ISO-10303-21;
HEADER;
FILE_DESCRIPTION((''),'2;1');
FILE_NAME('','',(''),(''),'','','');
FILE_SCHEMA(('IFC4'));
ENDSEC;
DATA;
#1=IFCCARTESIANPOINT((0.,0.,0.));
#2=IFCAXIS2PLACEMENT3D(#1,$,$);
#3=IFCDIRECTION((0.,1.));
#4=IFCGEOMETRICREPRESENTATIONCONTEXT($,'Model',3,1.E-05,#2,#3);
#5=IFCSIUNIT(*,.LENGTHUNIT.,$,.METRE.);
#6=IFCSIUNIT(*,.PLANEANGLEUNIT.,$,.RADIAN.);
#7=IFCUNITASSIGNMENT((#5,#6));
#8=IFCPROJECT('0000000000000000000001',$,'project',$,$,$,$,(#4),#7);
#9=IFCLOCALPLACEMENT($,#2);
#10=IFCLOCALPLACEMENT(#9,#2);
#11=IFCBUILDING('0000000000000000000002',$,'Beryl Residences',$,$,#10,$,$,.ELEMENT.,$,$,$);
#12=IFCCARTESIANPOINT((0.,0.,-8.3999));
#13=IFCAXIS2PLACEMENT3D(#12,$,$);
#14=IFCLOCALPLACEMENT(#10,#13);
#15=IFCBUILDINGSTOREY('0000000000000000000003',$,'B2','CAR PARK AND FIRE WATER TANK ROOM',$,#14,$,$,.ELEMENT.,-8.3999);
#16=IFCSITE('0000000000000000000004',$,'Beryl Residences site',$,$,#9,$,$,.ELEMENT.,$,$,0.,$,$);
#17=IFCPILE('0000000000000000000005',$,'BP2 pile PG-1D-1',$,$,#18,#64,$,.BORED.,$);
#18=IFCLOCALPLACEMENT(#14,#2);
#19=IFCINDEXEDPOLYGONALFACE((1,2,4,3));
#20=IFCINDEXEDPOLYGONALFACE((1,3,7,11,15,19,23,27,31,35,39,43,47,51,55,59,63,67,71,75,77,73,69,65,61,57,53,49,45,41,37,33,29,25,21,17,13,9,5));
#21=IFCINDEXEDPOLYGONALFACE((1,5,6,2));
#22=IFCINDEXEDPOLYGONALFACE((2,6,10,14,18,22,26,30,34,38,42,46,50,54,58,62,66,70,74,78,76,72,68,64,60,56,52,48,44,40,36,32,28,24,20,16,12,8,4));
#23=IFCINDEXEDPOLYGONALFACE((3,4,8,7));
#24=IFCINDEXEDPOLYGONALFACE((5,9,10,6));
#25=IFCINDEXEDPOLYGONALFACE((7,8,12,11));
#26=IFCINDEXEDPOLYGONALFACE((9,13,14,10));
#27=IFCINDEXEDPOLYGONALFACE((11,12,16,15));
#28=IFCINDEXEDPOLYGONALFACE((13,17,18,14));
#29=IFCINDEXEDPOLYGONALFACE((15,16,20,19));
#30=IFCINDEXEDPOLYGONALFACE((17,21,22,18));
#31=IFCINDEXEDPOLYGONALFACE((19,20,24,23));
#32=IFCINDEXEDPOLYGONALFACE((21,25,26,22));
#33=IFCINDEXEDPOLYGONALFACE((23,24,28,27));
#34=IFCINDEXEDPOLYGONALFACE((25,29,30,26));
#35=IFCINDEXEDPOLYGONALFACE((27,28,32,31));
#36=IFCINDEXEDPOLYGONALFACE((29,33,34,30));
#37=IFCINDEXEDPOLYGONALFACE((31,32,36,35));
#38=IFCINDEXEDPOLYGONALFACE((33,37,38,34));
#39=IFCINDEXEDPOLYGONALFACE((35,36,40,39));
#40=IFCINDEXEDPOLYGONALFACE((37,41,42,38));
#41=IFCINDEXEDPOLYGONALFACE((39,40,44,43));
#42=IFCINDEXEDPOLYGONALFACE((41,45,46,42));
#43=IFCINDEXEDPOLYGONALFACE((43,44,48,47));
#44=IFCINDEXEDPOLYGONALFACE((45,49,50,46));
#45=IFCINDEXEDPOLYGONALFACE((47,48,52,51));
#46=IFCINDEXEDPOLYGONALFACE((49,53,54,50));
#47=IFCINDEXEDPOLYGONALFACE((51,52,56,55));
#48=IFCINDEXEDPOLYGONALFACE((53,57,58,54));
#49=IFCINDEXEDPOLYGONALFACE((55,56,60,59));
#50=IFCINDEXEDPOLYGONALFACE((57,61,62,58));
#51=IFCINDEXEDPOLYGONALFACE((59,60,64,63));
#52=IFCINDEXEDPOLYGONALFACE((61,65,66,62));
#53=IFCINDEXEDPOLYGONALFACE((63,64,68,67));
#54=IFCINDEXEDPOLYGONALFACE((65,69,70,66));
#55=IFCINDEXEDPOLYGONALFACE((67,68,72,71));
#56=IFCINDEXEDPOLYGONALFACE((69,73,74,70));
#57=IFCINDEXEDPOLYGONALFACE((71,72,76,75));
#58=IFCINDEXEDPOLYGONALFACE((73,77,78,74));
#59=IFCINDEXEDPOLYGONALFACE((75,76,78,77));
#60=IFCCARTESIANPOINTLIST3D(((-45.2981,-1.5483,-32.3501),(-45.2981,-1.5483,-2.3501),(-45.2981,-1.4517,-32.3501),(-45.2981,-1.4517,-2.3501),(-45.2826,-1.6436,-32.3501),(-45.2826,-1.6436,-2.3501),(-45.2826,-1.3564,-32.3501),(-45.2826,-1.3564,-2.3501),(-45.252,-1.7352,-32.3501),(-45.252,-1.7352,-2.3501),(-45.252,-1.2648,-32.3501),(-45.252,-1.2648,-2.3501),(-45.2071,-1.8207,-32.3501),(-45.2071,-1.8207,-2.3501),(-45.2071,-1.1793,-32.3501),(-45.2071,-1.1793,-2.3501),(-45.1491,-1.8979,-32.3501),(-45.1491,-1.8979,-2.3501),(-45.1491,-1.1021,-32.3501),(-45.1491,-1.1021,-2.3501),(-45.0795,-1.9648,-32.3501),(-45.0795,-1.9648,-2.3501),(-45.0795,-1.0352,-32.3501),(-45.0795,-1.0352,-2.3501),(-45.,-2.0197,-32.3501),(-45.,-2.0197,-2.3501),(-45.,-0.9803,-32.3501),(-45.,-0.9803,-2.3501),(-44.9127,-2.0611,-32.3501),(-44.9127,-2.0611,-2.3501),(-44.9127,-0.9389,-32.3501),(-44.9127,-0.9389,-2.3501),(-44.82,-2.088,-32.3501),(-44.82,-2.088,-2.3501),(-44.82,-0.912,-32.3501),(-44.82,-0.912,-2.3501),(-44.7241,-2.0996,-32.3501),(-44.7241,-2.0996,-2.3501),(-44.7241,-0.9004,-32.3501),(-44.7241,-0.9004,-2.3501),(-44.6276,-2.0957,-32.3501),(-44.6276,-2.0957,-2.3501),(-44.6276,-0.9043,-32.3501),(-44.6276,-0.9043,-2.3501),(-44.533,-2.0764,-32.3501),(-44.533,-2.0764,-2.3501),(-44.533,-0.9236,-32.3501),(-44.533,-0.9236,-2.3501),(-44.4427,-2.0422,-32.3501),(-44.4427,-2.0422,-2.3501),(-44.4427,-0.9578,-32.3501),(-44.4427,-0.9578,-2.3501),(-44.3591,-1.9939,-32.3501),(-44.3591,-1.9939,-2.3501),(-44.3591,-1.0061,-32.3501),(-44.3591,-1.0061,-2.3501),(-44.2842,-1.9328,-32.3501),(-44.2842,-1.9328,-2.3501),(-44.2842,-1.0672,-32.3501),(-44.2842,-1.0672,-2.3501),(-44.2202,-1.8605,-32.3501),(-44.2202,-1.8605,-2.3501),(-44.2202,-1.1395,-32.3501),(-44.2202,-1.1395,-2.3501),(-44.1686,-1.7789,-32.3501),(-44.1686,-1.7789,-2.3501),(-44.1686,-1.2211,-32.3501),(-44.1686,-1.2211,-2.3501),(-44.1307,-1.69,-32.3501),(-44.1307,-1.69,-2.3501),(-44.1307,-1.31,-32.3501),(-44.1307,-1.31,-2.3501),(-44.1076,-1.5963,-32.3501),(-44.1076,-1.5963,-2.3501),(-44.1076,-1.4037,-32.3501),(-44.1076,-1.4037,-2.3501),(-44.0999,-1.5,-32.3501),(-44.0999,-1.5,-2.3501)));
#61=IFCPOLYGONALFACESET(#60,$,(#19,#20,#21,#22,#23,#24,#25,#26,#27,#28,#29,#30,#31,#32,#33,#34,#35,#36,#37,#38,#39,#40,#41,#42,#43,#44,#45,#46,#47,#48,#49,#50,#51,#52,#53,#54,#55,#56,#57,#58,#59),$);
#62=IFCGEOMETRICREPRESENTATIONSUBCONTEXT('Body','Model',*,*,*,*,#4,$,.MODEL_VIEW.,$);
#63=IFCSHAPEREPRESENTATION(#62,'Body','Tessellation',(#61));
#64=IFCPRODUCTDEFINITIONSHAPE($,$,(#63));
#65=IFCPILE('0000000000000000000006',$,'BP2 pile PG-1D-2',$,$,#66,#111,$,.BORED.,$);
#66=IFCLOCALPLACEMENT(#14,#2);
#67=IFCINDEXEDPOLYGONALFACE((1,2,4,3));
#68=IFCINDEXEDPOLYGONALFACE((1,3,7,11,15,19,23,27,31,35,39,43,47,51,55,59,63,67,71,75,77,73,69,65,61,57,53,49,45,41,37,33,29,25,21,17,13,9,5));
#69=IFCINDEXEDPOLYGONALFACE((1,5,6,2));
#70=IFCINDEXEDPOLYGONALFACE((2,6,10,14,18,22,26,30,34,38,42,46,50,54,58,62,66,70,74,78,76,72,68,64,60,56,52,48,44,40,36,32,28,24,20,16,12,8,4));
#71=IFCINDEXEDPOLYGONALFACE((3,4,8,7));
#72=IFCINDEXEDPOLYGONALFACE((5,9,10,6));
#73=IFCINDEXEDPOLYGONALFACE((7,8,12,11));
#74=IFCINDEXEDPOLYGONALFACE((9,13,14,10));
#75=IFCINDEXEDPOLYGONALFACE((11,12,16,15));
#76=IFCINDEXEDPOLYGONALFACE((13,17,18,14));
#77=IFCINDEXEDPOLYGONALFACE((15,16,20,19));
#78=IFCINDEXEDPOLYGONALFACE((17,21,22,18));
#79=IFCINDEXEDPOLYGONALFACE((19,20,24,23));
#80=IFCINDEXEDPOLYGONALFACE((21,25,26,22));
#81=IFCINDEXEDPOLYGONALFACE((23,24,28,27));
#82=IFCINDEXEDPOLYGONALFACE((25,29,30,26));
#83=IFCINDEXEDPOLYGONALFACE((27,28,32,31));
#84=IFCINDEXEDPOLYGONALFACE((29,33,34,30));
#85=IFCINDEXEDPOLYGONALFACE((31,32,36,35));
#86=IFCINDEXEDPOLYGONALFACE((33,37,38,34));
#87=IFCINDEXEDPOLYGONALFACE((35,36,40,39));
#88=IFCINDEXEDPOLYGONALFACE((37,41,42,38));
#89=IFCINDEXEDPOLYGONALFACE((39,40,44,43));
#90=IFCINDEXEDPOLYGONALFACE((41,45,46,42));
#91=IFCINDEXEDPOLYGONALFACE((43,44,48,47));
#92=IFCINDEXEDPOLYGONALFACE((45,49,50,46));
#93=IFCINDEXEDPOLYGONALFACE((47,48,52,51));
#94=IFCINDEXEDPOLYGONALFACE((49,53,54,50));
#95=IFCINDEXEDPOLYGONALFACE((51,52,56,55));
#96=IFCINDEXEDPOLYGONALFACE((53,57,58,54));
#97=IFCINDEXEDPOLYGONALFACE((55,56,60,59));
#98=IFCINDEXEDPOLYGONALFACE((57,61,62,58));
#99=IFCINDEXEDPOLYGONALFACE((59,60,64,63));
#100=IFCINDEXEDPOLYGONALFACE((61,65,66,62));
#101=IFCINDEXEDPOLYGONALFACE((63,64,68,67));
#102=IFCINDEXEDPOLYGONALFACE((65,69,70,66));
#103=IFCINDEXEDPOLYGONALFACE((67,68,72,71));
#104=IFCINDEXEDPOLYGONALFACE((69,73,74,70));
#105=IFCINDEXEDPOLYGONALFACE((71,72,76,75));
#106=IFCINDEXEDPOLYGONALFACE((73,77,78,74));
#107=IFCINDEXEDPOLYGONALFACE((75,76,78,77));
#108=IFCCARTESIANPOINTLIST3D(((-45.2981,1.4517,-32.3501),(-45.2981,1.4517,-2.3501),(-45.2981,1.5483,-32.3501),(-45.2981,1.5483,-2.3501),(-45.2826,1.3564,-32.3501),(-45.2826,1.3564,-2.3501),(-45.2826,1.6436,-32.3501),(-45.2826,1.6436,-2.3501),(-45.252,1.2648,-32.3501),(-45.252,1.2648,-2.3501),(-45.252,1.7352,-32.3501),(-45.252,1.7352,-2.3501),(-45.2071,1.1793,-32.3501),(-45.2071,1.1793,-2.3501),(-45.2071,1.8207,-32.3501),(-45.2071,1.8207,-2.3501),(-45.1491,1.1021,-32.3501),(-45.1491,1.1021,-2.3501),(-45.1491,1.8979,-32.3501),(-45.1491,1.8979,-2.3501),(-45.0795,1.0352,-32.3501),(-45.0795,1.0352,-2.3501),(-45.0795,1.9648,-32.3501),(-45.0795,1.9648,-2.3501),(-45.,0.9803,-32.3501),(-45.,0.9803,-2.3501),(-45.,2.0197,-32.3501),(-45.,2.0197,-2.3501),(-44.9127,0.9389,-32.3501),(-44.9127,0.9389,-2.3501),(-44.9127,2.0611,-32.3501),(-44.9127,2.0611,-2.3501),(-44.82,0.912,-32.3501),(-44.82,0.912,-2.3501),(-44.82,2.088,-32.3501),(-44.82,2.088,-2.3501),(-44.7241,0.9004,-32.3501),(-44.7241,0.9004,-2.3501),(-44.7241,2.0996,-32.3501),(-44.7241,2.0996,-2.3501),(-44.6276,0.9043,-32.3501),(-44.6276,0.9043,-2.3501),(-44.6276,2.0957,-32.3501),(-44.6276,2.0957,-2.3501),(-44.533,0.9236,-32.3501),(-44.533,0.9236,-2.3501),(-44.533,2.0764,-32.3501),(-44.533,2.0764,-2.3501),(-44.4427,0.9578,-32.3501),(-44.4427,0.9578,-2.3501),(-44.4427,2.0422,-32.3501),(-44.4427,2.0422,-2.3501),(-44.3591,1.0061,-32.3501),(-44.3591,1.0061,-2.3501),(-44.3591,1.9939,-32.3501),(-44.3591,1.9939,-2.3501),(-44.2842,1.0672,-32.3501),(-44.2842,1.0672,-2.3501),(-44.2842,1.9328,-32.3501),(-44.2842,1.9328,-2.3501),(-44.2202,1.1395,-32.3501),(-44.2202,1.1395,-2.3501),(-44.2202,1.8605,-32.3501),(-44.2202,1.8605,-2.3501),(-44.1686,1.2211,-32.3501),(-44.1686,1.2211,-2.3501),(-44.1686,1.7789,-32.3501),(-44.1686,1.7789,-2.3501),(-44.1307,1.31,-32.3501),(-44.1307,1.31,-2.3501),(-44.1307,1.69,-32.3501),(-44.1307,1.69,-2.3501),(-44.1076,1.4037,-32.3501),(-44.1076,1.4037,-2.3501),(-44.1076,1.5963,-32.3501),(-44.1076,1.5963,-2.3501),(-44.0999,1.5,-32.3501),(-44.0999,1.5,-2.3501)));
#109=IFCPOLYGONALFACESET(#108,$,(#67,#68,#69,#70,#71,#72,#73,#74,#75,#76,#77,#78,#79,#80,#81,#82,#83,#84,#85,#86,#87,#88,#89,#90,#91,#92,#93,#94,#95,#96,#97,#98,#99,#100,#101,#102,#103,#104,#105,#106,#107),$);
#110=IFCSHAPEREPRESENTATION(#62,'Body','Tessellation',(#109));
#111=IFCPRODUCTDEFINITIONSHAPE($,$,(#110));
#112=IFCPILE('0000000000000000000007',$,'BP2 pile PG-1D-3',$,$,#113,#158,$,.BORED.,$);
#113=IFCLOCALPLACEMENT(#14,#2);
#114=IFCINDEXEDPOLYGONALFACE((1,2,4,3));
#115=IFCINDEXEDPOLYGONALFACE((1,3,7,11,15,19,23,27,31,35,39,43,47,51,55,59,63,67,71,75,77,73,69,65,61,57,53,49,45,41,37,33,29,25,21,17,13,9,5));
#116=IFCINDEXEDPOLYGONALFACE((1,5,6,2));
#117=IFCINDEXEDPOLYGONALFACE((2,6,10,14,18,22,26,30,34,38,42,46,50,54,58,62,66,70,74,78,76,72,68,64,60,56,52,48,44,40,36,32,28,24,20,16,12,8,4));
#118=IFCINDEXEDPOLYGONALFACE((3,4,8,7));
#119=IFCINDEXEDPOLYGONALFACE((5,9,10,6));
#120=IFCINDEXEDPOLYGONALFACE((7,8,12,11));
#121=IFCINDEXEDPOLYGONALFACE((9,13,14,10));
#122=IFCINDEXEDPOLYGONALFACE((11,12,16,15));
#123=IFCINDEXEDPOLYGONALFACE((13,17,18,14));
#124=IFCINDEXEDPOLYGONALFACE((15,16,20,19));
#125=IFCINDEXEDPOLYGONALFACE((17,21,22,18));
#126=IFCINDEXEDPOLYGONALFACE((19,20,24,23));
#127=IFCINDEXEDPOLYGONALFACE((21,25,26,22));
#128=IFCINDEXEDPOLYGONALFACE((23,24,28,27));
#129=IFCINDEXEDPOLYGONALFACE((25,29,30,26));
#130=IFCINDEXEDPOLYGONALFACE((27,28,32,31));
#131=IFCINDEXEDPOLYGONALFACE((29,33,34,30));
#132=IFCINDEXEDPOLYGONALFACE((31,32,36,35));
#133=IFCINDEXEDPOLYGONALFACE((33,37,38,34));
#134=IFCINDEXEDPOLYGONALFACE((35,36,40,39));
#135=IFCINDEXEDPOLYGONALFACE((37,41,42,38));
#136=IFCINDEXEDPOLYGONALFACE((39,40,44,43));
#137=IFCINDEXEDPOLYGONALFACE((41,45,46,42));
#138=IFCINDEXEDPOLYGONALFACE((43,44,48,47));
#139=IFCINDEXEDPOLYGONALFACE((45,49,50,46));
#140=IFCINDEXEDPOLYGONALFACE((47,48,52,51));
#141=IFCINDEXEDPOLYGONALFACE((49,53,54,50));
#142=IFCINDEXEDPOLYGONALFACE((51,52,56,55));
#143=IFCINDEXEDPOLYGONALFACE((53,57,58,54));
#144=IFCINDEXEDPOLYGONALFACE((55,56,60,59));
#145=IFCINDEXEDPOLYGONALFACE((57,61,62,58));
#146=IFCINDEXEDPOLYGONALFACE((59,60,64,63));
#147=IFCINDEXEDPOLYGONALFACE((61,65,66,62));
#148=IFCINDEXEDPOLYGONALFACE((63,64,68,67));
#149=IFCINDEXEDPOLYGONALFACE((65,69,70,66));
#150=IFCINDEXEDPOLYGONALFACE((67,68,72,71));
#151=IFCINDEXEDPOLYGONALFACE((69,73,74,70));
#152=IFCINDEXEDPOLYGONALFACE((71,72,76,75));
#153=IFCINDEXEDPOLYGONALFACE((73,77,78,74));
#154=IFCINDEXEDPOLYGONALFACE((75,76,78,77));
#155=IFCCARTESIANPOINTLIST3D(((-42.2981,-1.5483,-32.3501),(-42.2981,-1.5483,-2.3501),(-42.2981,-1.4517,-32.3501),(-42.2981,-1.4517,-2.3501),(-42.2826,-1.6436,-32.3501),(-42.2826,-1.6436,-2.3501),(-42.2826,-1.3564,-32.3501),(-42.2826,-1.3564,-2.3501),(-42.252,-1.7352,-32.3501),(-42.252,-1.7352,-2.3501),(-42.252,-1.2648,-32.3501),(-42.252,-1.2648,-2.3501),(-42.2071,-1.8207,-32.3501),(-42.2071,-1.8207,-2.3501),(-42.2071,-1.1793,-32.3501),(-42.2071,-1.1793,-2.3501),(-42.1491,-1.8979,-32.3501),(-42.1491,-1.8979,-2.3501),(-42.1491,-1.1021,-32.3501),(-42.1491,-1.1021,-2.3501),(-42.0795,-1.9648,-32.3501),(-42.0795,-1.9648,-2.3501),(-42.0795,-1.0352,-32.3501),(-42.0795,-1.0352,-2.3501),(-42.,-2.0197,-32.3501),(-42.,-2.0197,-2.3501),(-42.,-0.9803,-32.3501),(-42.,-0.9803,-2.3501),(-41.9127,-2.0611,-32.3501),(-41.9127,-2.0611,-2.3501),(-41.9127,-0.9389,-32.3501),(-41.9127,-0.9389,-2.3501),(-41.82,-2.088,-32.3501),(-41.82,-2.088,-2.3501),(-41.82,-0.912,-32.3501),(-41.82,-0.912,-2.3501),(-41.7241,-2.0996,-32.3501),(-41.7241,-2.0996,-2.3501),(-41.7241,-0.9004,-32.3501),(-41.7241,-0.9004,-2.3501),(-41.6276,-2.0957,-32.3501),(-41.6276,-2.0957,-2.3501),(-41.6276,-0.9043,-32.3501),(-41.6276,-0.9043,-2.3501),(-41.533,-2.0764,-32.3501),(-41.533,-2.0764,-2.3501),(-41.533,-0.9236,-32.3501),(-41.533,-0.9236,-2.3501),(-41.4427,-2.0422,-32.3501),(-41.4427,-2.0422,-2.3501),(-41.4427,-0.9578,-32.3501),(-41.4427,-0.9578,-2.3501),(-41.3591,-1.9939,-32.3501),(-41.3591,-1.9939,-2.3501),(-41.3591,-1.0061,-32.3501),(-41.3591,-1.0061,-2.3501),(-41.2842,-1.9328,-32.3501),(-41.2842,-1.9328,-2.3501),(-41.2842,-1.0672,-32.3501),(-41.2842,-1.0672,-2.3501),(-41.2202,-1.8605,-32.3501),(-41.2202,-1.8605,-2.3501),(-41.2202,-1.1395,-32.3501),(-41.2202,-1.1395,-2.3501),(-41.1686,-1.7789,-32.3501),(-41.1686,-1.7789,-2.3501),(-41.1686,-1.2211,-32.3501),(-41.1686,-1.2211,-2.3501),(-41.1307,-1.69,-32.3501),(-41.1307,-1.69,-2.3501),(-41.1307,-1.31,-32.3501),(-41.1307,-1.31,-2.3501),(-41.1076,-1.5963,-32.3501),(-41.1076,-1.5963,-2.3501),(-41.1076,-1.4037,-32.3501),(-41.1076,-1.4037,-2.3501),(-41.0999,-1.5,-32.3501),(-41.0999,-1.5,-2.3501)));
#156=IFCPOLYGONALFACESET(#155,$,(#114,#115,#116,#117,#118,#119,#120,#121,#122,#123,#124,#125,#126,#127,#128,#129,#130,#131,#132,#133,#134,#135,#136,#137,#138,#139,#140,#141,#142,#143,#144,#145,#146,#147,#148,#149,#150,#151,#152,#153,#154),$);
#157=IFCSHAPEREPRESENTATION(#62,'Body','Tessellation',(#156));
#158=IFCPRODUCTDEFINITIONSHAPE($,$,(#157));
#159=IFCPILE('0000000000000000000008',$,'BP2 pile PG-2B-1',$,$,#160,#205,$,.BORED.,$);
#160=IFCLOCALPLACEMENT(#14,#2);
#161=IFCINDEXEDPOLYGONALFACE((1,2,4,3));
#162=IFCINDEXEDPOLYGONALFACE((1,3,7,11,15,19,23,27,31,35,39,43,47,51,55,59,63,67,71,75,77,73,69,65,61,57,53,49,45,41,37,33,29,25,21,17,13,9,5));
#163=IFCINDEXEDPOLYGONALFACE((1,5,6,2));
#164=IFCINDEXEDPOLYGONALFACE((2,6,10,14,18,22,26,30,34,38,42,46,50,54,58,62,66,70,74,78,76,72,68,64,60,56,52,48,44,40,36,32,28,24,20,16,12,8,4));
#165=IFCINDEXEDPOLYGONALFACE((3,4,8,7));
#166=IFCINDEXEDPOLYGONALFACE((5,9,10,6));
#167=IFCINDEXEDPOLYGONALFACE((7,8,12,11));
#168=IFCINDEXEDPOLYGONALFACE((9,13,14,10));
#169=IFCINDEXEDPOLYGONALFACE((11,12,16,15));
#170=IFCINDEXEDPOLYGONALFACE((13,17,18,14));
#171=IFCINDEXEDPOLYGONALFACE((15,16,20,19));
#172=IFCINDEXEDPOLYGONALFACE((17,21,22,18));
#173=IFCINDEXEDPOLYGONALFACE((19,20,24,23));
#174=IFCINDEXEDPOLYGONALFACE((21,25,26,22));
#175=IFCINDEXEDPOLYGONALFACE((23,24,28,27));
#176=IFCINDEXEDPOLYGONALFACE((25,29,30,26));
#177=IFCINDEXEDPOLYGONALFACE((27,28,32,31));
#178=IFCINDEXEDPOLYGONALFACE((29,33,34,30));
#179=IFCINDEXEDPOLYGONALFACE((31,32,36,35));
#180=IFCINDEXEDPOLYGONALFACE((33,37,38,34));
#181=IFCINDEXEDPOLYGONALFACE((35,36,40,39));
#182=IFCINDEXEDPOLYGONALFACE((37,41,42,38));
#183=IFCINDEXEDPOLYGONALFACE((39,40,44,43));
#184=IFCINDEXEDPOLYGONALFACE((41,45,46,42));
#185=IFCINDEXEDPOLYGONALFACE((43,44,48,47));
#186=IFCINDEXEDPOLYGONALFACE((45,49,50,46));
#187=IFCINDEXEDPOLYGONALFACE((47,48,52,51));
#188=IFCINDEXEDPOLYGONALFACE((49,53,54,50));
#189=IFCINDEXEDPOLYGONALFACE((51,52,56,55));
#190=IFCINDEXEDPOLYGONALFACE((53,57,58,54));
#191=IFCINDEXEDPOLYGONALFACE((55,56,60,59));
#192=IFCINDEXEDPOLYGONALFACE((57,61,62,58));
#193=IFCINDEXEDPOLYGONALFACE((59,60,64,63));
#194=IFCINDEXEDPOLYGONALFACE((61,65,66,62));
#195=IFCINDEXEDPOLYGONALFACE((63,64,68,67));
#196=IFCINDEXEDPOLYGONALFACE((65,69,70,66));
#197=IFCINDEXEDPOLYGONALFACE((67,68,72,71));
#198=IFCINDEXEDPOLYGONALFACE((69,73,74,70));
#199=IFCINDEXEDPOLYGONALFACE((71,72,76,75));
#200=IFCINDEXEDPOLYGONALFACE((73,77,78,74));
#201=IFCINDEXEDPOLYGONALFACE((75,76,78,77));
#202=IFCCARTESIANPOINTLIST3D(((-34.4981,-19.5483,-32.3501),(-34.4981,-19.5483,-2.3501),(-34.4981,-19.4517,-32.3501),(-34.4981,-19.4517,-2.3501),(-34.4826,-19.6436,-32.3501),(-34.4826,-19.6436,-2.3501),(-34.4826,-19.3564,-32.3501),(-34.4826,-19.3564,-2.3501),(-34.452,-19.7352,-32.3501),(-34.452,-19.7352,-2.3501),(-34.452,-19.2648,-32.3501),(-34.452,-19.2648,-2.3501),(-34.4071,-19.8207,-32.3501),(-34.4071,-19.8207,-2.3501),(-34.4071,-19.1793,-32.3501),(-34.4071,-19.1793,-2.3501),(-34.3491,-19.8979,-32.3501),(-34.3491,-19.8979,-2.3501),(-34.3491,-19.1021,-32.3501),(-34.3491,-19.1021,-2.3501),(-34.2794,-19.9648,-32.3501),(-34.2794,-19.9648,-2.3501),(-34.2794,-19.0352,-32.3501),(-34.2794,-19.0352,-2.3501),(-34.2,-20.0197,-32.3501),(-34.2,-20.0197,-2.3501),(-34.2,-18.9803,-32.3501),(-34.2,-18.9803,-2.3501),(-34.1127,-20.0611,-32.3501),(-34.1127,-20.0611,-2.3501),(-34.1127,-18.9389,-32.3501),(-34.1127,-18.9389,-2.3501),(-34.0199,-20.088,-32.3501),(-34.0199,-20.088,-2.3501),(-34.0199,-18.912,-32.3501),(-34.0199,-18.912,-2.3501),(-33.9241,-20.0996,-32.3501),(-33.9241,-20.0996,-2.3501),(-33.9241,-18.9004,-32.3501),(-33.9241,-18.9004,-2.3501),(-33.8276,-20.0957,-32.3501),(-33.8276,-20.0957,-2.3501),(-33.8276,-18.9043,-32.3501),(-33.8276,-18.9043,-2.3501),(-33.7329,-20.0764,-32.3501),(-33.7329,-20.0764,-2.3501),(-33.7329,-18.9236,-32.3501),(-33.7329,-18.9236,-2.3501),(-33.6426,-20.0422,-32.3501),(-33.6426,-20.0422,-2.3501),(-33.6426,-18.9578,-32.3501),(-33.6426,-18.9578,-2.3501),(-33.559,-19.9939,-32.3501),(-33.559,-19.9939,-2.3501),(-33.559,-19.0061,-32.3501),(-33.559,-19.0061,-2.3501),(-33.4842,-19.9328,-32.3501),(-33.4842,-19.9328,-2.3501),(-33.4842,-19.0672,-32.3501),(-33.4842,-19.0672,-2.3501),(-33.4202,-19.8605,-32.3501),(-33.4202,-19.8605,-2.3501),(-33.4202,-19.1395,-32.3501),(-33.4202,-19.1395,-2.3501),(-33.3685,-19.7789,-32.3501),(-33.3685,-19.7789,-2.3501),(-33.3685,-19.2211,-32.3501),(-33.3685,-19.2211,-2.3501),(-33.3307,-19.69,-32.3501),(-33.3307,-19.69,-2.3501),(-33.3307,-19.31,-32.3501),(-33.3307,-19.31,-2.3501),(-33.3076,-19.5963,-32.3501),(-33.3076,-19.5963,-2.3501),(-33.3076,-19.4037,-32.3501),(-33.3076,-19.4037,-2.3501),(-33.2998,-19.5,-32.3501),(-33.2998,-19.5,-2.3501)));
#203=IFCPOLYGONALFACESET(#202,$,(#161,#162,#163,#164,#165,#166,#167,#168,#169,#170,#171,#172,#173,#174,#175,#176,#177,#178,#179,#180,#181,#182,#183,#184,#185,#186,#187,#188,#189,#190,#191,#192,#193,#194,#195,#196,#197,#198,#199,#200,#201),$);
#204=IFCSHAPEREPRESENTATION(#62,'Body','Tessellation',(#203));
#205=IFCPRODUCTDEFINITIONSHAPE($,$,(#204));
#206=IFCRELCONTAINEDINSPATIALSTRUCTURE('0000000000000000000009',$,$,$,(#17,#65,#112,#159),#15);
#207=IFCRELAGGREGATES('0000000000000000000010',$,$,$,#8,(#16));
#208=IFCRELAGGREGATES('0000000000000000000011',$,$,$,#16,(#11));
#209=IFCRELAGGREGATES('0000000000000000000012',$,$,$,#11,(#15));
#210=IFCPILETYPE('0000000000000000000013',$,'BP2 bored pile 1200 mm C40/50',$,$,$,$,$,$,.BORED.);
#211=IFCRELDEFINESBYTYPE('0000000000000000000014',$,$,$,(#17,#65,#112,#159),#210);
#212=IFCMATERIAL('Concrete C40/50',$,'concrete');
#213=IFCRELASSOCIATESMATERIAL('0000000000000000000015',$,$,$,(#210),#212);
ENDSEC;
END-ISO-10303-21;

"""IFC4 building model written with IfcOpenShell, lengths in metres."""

from ifc_helpers import new_model, si_unit, direction, frame, origin, origin_2d, place, context, subcontext, project, spatial, circle, extrude, material, material_profile, profile_set, type_object, element, save


model = new_model("IFC4")

# Units and contexts
model_context = context("Model", 3, precision=1e-05, world=origin(), true_north=direction((0.0, 1.0)))
body_context = subcontext(model_context, "Body", "Model", "MODEL_VIEW")
ifc_project = project(units=[si_unit("LENGTHUNIT", "METRE"), si_unit("PLANEANGLEUNIT", "RADIAN")], contexts=[model_context])

# Site, building, storey
site_placement = place(None, origin())
site = spatial("IfcSite", under=ifc_project, at=site_placement, Name="Beryl Residences site", CompositionType="ELEMENT", RefElevation=0.0)
building_placement = place(site_placement, origin())
building = spatial("IfcBuilding", under=site, at=building_placement, Name="Beryl Residences", CompositionType="ELEMENT")
storey_placement = place(building_placement, frame((0.0, 0.0, -8.3999)))
storey = spatial("IfcBuildingStorey", under=building, at=storey_placement, Name="B2", Description="CAR PARK AND FIRE WATER TANK ROOM", CompositionType="ELEMENT", Elevation=-8.3999)

# Piles
ifc_material_1 = material(Name="Concrete C40/50", Category="concrete")
ifc_material_profile_1 = material_profile(ifc_material_1, circle(Radius=0.6001, at=origin_2d()))
ifc_profile_set_1 = profile_set([ifc_material_profile_1], Name="Concrete C40/50")
pile_type_1 = type_object("IfcPileType", Name="BP2 bored pile 1200 mm C40/50", PredefinedType="BORED", material=ifc_profile_set_1)
for number, where, z_axis, x_axis, name in (
    (1, (-44.7, -1.5, -2.3501), (0.0, 0.0, -1.0), (1.0, 0.0, 0.0), "BP2 pile PG-1D-1"),
    (2, (-44.7, 1.5, -2.3501), (0.0, 0.0, -1.0), (1.0, 0.0, 0.0), "BP2 pile PG-1D-2"),
    (3, (-41.7, -1.5, -2.3501), (0.0, 0.0, -1.0), (1.0, 0.0, 0.0), "BP2 pile PG-1D-3"),
    (4, (-33.8999, -19.5, -2.3501), (0.0, 0.0, -1.0), (1.0, 0.0, 0.0), "BP2 pile PG-2B-1"),
):
    element("IfcPile", number, at=place(storey_placement, frame(where, z_axis=z_axis, x_axis=x_axis)), inside=storey, type_object=pile_type_1, Name=name, PredefinedType="BORED", context=body_context, shape_type="SweptSolid", body=[
        extrude(circle(Radius=0.6001, at=origin_2d()), origin(), (0.0, 0.0, 1.0), 30.0),
    ])

save(model, "model.ifc")
